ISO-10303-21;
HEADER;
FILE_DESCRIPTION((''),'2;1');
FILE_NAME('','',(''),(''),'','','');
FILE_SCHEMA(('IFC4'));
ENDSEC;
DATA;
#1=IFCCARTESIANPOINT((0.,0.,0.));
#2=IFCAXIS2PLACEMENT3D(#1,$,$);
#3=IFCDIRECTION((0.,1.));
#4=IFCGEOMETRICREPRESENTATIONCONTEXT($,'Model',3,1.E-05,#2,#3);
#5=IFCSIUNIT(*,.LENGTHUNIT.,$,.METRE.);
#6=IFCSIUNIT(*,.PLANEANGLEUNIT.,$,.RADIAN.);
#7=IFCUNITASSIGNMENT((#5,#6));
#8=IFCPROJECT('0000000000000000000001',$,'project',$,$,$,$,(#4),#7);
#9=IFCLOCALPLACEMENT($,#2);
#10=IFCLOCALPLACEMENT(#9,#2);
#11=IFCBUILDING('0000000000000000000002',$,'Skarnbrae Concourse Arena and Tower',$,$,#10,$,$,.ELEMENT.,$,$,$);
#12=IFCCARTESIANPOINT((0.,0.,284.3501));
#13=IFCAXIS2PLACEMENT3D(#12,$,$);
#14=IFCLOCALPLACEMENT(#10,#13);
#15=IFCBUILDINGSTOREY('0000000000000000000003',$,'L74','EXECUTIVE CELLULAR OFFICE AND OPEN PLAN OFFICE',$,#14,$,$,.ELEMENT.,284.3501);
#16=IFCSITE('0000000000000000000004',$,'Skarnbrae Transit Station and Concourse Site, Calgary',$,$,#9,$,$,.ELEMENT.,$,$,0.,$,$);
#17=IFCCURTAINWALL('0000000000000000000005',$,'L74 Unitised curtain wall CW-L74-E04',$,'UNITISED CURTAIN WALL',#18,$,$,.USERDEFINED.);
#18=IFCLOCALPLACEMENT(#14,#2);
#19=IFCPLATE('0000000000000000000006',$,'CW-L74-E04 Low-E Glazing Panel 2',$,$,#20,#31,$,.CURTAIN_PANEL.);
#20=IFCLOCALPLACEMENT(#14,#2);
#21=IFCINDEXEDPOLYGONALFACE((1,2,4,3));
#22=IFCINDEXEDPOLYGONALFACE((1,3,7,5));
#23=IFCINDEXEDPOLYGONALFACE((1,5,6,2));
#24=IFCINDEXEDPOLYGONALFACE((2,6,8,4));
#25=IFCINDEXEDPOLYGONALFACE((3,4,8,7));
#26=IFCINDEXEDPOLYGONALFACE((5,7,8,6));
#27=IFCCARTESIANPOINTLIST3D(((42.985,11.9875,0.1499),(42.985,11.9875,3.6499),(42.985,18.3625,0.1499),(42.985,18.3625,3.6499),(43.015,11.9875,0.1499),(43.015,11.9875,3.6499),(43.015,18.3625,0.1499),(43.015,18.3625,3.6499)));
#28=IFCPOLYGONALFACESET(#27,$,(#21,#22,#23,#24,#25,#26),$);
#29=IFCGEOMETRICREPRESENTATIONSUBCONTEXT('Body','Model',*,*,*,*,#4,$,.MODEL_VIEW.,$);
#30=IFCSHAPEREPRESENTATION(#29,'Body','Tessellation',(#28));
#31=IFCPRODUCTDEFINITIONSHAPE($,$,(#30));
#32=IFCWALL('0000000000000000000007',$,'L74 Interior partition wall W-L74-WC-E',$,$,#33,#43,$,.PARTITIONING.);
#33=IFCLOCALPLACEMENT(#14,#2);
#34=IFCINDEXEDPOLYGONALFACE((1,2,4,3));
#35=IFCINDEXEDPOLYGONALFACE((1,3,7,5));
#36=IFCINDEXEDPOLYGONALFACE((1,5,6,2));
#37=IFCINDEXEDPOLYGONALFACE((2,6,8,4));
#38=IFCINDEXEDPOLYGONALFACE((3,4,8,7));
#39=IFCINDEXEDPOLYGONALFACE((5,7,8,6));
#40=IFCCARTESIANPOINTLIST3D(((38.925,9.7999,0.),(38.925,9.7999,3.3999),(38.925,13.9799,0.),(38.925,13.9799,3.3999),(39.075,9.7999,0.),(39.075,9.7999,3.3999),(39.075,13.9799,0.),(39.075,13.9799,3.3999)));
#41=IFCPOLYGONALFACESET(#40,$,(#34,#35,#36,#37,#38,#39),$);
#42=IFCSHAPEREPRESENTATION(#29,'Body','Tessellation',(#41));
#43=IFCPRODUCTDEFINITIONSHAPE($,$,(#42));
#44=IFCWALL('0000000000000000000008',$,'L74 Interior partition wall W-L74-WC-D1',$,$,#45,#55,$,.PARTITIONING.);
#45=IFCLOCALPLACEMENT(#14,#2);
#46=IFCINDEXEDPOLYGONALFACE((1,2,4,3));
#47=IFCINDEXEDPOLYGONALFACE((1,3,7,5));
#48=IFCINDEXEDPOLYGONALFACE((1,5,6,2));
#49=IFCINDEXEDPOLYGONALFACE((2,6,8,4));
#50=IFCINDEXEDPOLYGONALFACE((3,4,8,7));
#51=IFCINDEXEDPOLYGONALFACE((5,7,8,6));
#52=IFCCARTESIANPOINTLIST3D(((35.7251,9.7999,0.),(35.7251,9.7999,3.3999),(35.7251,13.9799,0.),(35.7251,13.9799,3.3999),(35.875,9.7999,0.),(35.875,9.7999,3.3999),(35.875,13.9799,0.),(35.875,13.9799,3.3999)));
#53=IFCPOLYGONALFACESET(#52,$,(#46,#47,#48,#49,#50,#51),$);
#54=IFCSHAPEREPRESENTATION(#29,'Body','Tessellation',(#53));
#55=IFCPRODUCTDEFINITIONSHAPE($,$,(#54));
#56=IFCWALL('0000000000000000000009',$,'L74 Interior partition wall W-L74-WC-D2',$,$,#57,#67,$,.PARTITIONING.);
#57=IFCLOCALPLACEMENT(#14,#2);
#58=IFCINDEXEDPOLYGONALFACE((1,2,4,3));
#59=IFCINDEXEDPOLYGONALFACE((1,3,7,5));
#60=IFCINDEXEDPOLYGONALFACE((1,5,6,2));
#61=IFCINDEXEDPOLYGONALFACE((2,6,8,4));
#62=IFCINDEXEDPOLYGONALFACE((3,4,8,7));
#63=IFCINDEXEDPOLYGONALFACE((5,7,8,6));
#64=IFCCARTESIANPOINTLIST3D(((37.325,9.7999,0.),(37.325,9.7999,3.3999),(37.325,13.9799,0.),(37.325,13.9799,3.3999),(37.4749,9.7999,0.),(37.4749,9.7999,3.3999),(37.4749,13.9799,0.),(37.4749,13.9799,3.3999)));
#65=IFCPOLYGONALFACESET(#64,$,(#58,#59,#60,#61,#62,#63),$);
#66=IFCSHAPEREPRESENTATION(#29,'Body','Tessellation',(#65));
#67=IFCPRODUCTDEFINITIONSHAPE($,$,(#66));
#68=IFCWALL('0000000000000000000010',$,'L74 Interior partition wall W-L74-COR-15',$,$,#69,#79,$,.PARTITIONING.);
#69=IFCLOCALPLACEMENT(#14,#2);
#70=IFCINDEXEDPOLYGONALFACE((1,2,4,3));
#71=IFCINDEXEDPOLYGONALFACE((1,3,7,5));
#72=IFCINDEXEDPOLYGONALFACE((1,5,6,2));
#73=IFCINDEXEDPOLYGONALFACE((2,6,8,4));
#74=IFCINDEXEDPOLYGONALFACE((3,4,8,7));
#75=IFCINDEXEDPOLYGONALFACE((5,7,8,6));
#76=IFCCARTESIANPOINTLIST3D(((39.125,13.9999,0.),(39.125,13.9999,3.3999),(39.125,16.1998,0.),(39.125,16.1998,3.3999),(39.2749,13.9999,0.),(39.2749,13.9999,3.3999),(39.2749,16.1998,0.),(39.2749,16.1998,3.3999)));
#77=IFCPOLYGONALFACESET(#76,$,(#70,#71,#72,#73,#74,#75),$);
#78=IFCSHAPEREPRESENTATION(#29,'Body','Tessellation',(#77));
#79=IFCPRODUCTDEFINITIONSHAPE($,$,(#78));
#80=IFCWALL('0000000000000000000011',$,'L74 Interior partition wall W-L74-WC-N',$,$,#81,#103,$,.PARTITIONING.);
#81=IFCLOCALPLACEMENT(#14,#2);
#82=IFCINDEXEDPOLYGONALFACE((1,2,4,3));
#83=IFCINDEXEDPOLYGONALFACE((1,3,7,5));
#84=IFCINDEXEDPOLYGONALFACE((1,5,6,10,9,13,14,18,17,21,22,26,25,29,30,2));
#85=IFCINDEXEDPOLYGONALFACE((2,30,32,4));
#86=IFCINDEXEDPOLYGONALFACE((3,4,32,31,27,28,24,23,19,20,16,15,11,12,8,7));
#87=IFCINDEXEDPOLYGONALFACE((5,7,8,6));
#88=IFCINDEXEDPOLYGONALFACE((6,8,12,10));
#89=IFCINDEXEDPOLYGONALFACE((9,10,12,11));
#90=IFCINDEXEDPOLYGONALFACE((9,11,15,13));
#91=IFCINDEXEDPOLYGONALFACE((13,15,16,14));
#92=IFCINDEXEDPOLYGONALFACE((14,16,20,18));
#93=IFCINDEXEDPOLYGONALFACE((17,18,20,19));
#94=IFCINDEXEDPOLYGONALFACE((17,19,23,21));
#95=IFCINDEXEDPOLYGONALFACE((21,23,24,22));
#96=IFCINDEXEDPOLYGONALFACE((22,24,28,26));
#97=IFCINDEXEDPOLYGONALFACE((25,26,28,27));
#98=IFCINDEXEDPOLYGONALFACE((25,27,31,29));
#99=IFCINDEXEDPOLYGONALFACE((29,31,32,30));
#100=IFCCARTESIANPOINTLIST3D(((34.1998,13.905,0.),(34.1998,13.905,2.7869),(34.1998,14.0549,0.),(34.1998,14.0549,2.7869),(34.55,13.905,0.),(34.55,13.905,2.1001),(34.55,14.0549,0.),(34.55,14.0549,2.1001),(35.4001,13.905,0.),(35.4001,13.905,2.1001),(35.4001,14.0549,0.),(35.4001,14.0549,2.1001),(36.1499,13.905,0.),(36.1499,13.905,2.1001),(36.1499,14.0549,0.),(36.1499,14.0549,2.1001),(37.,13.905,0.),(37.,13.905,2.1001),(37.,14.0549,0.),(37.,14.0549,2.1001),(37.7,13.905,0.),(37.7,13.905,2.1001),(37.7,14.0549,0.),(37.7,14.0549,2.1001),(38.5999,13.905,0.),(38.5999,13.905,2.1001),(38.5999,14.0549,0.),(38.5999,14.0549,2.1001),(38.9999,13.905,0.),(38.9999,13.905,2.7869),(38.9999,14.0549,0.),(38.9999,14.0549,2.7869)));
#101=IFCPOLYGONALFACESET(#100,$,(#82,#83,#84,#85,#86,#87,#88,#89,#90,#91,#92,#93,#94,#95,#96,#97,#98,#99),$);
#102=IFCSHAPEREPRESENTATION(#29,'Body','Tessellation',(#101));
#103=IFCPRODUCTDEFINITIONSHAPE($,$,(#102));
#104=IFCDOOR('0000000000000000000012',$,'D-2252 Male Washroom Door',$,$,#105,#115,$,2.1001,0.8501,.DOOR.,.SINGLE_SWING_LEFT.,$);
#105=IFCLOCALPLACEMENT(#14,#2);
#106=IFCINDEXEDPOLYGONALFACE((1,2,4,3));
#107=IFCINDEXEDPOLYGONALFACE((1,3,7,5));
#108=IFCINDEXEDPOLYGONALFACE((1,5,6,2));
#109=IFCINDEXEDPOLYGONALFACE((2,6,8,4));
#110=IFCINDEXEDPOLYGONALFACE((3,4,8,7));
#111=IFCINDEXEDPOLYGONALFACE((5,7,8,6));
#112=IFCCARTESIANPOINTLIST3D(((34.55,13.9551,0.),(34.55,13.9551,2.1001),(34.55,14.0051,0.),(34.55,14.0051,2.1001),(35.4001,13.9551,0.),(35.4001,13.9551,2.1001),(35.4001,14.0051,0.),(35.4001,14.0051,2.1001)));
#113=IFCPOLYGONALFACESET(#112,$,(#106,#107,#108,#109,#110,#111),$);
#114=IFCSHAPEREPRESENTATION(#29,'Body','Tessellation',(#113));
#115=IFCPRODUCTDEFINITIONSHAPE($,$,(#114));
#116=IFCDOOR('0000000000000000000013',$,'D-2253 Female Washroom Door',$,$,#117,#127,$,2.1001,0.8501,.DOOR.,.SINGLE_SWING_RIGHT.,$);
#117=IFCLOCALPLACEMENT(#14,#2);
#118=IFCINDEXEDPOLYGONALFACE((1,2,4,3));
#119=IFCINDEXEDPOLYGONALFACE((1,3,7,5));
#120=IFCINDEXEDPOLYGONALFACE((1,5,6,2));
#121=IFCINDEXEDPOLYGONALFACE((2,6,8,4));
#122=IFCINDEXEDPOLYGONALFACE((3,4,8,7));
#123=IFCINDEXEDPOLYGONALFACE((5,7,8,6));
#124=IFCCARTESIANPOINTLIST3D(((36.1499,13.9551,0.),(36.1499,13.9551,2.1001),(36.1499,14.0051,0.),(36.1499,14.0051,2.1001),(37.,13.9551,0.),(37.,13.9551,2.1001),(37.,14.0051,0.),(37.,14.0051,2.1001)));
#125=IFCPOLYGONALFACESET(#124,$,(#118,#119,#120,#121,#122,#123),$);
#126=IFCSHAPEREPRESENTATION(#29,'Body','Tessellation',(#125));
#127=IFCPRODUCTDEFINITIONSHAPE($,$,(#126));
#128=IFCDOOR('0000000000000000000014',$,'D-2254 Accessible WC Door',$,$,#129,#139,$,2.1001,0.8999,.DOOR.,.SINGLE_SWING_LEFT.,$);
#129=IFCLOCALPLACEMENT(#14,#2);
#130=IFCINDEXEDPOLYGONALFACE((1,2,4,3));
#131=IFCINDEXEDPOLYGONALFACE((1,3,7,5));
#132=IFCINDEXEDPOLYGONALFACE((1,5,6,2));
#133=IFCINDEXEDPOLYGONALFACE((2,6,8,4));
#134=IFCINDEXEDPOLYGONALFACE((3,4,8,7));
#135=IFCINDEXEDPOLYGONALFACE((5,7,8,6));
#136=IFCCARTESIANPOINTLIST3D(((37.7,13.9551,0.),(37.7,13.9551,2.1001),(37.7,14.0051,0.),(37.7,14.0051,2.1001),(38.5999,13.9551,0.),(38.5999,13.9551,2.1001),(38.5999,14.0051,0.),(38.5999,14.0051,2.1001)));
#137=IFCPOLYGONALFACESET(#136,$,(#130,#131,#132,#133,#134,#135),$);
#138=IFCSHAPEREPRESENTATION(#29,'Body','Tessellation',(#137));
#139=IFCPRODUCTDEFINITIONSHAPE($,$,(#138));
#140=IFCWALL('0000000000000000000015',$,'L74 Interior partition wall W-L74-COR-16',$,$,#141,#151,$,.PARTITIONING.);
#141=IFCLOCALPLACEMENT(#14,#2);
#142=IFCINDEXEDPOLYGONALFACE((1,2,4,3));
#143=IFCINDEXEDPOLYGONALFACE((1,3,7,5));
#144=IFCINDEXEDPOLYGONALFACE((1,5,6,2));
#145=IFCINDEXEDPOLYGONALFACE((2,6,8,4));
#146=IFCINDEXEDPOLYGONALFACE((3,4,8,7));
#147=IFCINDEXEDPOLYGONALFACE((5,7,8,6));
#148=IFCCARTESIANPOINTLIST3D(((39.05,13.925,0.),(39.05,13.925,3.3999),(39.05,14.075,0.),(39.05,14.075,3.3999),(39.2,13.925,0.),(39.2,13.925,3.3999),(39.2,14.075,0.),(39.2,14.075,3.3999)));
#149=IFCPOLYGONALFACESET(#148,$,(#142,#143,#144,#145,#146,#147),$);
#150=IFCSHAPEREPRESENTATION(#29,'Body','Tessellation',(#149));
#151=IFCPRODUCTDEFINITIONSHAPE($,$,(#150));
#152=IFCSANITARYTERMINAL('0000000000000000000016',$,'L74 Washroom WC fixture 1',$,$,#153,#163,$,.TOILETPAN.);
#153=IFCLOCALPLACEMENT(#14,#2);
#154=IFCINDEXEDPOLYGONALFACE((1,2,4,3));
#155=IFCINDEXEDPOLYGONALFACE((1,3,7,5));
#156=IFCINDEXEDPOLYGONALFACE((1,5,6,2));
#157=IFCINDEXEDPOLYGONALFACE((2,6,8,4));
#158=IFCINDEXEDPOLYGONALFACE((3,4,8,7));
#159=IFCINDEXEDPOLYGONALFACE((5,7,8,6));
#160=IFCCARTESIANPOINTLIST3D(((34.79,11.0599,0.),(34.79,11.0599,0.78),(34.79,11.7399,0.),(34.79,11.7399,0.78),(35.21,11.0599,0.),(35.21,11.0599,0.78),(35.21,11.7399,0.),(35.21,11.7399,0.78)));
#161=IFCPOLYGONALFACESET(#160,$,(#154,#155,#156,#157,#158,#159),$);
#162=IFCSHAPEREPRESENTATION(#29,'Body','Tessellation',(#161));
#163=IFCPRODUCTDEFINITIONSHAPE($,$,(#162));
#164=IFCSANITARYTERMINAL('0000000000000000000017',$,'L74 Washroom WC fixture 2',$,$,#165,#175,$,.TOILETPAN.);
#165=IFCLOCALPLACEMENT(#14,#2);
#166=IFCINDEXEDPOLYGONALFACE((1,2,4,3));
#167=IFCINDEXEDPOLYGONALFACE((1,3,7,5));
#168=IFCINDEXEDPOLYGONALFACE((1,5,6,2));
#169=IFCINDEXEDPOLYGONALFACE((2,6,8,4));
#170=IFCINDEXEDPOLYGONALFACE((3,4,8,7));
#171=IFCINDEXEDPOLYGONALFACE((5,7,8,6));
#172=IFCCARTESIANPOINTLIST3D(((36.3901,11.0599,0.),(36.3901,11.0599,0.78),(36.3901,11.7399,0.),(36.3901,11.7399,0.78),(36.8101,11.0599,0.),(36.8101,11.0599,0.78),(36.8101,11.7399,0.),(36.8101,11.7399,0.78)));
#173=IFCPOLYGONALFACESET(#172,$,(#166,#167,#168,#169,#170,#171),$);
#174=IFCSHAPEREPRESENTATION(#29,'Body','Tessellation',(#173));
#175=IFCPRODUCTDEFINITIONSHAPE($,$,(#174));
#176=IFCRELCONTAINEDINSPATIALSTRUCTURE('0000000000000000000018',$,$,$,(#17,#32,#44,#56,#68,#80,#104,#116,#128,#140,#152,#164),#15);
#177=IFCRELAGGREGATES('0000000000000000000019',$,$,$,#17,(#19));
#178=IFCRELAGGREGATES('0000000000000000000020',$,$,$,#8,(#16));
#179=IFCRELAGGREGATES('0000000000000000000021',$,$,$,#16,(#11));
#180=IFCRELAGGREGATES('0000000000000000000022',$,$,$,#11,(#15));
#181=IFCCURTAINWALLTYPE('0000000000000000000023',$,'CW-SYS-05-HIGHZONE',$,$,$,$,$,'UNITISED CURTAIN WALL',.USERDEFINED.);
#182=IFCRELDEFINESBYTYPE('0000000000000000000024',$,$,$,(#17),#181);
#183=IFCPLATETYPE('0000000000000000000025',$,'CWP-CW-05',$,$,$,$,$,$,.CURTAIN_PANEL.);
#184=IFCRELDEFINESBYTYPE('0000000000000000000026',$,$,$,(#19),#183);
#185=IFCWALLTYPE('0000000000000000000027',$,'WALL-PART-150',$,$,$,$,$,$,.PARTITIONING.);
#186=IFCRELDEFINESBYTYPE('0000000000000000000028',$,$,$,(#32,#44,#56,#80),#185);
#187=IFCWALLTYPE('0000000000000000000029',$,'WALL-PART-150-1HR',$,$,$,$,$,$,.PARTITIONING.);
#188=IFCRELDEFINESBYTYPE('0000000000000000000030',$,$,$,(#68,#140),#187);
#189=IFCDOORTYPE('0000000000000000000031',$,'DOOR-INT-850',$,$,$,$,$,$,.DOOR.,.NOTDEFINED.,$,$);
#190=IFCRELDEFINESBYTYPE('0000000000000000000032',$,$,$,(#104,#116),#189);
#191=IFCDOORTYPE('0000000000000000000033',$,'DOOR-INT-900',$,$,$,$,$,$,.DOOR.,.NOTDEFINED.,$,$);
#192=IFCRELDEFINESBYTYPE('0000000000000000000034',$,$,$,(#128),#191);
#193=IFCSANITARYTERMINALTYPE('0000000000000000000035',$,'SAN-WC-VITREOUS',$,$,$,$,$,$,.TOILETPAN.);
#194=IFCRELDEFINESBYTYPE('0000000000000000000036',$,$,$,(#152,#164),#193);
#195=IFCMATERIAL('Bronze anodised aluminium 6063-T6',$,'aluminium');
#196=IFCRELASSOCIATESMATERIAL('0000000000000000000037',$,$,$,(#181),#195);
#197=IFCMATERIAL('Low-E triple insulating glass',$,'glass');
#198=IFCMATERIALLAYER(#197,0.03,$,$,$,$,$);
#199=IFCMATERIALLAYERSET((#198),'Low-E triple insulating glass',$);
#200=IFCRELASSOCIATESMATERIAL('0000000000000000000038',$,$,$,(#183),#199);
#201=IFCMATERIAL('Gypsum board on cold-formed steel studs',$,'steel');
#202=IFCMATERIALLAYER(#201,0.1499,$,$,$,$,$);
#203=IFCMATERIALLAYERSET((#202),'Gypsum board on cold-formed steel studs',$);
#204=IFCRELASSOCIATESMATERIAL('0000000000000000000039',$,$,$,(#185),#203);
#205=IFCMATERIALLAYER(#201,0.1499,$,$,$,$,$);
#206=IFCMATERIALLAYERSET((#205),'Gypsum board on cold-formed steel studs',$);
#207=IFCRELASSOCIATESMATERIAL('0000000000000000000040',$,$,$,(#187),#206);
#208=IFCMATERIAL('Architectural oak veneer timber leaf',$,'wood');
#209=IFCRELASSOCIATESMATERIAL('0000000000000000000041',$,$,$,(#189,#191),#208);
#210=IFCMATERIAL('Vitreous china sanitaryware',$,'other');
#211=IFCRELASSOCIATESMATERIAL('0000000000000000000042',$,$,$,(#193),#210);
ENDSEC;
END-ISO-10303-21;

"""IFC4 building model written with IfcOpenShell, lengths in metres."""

from ifc_helpers import new_model, si_unit, direction, frame, frame_2d, origin, origin_2d, place, context, subcontext, project, spatial, rectangle, extrude, source, transform, mapped, material, layer, layer_set, type_object, element, fill, aggregate, save


model = new_model("IFC4")

# Units and contexts
model_context = context("Model", 3, precision=1e-05, world=origin(), true_north=direction((0.0, 1.0)))
body_context = subcontext(model_context, "Body", "Model", "MODEL_VIEW")
ifc_project = project(units=[si_unit("LENGTHUNIT", "METRE"), si_unit("PLANEANGLEUNIT", "RADIAN")], contexts=[model_context])

# Site, building, storey
site_placement = place(None, origin())
site = spatial("IfcSite", under=ifc_project, at=site_placement, Name="Skarnbrae Transit Station and Concourse Site, Calgary", CompositionType="ELEMENT", RefElevation=0.0)
building_placement = place(site_placement, origin())
building = spatial("IfcBuilding", under=site, at=building_placement, Name="Skarnbrae Concourse Arena and Tower", CompositionType="ELEMENT")
storey_placement = place(building_placement, frame((0.0, 0.0, 284.3501)))
storey = spatial("IfcBuildingStorey", under=building, at=storey_placement, Name="L74", Description="EXECUTIVE CELLULAR OFFICE AND OPEN PLAN OFFICE", CompositionType="ELEMENT", Elevation=284.3501)

# Curtain wall, plate
ifc_material_1 = material(Name="Bronze anodised aluminium 6063-T6", Category="aluminium")
curtain_wall_type = type_object("IfcCurtainWallType", Name="CW-SYS-05-HIGHZONE", ElementType="UNITISED CURTAIN WALL", PredefinedType="USERDEFINED", material=ifc_material_1)
curtain_wall_placement = place(storey_placement, origin())
curtain_wall = element("IfcCurtainWall", 1, at=curtain_wall_placement, inside=storey, type_object=curtain_wall_type, Name="L74 Unitised curtain wall CW-L74-E04", ObjectType="UNITISED CURTAIN WALL", PredefinedType="USERDEFINED")
ifc_material_2 = material(Name="Low-E triple insulating glass", Category="glass")
ifc_layer_1 = layer(ifc_material_2, 0.03)
ifc_layer_set_1 = layer_set([ifc_layer_1], Name="Low-E triple insulating glass")
plate_type = type_object("IfcPlateType", Name="CWP-CW-05", PredefinedType="CURTAIN_PANEL", material=ifc_layer_set_1)
shared_shape_1 = source(origin(), body_context, "Body", "SweptSolid", [
    extrude(rectangle(XDim=6.375, YDim=0.03, at=origin_2d()), origin(), (0.0, 0.0, 1.0), 3.5),
])
plate_placement = place(storey_placement, frame((43.0, 15.175, 0.1499), z_axis=(0.0, 0.0, 1.0), x_axis=(0.0, 1.0, 0.0)))
plate = element("IfcPlate", 2, at=plate_placement, type_object=plate_type, Name="CW-L74-E04 Low-E Glazing Panel 2", PredefinedType="CURTAIN_PANEL", context=body_context, shape_type="MappedRepresentation", body=[
    mapped(shared_shape_1, transform((0.0, 0.0, 0.0))),
])
aggregate(curtain_wall, [plate])

# Walls
ifc_material_3 = material(Name="Gypsum board on cold-formed steel studs", Category="steel")
ifc_layer_2 = layer(ifc_material_3, 0.1499)
ifc_layer_set_2 = layer_set([ifc_layer_2], Name="Gypsum board on cold-formed steel studs")
wall_type_1 = type_object("IfcWallType", Name="WALL-PART-150", PredefinedType="PARTITIONING", material=ifc_layer_set_2)
shared_shape_2 = source(origin(), body_context, "Body", "SweptSolid", [
    extrude(rectangle(XDim=4.1799, YDim=0.1499, at=frame_2d((2.0898, 0.0))), origin(), (0.0, 0.0, 1.0), 3.3999),
])
for number, where, z_axis, x_axis, name in (
    (3, (39.0, 9.8, 0.0), (0.0, 0.0, 1.0), (0.0, 1.0, 0.0), "L74 Interior partition wall W-L74-WC-E"),
    (4, (35.8, 9.8, 0.0), (0.0, 0.0, 1.0), (0.0, 1.0, 0.0), "L74 Interior partition wall W-L74-WC-D1"),
    (5, (37.3999, 9.8, 0.0), (0.0, 0.0, 1.0), (0.0, 1.0, 0.0), "L74 Interior partition wall W-L74-WC-D2"),
):
    element("IfcWall", number, at=place(storey_placement, frame(where, z_axis=z_axis, x_axis=x_axis)), inside=storey, type_object=wall_type_1, Name=name, PredefinedType="PARTITIONING", context=body_context, shape_type="MappedRepresentation", body=[
        mapped(shared_shape_2, transform((0.0, 0.0, 0.0))),
    ])
ifc_layer_3 = layer(ifc_material_3, 0.1499)
ifc_layer_set_3 = layer_set([ifc_layer_3], Name="Gypsum board on cold-formed steel studs")
wall_type_2 = type_object("IfcWallType", Name="WALL-PART-150-1HR", PredefinedType="PARTITIONING", material=ifc_layer_set_3)
shared_shape_3 = source(origin(), body_context, "Body", "SweptSolid", [
    extrude(rectangle(XDim=2.2, YDim=0.1499, at=frame_2d((1.1001, 0.0))), origin(), (0.0, 0.0, 1.0), 3.3999),
])
wall_1_placement = place(storey_placement, frame((39.2, 16.2, 0.0), z_axis=(0.0, 0.0, 1.0), x_axis=(0.0, -1.0, 0.0)))
element("IfcWall", 6, at=wall_1_placement, inside=storey, type_object=wall_type_2, Name="L74 Interior partition wall W-L74-COR-15", PredefinedType="PARTITIONING", context=body_context, shape_type="MappedRepresentation", body=[
    mapped(shared_shape_3, transform((0.0, 0.0, 0.0))),
])

# Wall, openings, doors
shared_shape_4 = source(origin(), body_context, "Body", "SweptSolid", [
    extrude(rectangle(XDim=4.8, YDim=0.1499, at=frame_2d((2.3999, 0.0))), origin(), (0.0, 0.0, 1.0), 2.7869),
])
wall_2_placement = place(storey_placement, frame((34.2, 13.98, 0.0), z_axis=(0.0, 0.0, 1.0), x_axis=(1.0, 0.0, 0.0)))
wall_2 = element("IfcWall", 7, at=wall_2_placement, inside=storey, type_object=wall_type_1, Name="L74 Interior partition wall W-L74-WC-N", PredefinedType="PARTITIONING", context=body_context, shape_type="MappedRepresentation", body=[
    mapped(shared_shape_4, transform((0.0, 0.0, 0.0))),
])
opening_1_placement = place(wall_2_placement, frame((0.3501, 0.0, 0.0)))
opening_1 = element("IfcOpeningElement", 8, at=opening_1_placement, cuts=wall_2, PredefinedType="OPENING", context=body_context, shape_type="SweptSolid", body=[
    extrude(rectangle(XDim=0.8501, YDim=2.1001, at=frame_2d((0.425, 1.05))), frame((0.0, 0.085, 0.0), z_axis=(0.0, -1.0, 0.0), x_axis=(1.0, 0.0, 0.0)), (0.0, 0.0, 1.0), 0.1699),
])
opening_2_placement = place(wall_2_placement, frame((1.95, 0.0, 0.0)))
opening_2 = element("IfcOpeningElement", 9, at=opening_2_placement, cuts=wall_2, PredefinedType="OPENING", context=body_context, shape_type="SweptSolid", body=[
    extrude(rectangle(XDim=0.8501, YDim=2.1001, at=frame_2d((0.425, 1.05))), frame((0.0, 0.085, 0.0), z_axis=(0.0, -1.0, 0.0), x_axis=(1.0, 0.0, 0.0)), (0.0, 0.0, 1.0), 0.1699),
])
opening_3_placement = place(wall_2_placement, frame((3.5, 0.0, 0.0)))
opening_3 = element("IfcOpeningElement", 10, at=opening_3_placement, cuts=wall_2, PredefinedType="OPENING", context=body_context, shape_type="SweptSolid", body=[
    extrude(rectangle(XDim=0.8999, YDim=2.1001, at=frame_2d((0.45, 1.05))), frame((0.0, 0.085, 0.0), z_axis=(0.0, -1.0, 0.0), x_axis=(1.0, 0.0, 0.0)), (0.0, 0.0, 1.0), 0.1699),
])
ifc_material_4 = material(Name="Architectural oak veneer timber leaf", Category="wood")
door_type_1 = type_object("IfcDoorType", Name="DOOR-INT-850", OperationType="NOTDEFINED", PredefinedType="DOOR", material=ifc_material_4)
shared_shape_5 = source(origin(), body_context, "Body", "SweptSolid", [
    extrude(rectangle(XDim=0.8501, YDim=2.1001, at=frame_2d((0.425, 1.05))), frame((0.0, 0.0249, 0.0), z_axis=(0.0, -1.0, 0.0), x_axis=(1.0, 0.0, 0.0)), (0.0, 0.0, 1.0), 0.05),
])
door_1_placement = place(opening_1_placement, frame((0.8501, 0.0, 0.0), z_axis=(0.0, 0.0, 1.0), x_axis=(-1.0, 0.0, 0.0)))
door_1 = element("IfcDoor", 11, at=door_1_placement, inside=storey, type_object=door_type_1, Name="D-2252 Male Washroom Door", OperationType="SINGLE_SWING_LEFT", OverallHeight=2.1001, OverallWidth=0.8501, PredefinedType="DOOR", context=body_context, shape_type="MappedRepresentation", body=[
    mapped(shared_shape_5, transform((0.0, 0.0, 0.0))),
])
fill(opening_1, door_1)
door_2_placement = place(opening_2_placement, frame((0.8501, 0.0, 0.0), z_axis=(0.0, 0.0, 1.0), x_axis=(-1.0, 0.0, 0.0)))
door_2 = element("IfcDoor", 12, at=door_2_placement, inside=storey, type_object=door_type_1, Name="D-2253 Female Washroom Door", OperationType="SINGLE_SWING_RIGHT", OverallHeight=2.1001, OverallWidth=0.8501, PredefinedType="DOOR", context=body_context, shape_type="MappedRepresentation", body=[
    mapped(shared_shape_5, transform((0.0, 0.0, 0.0))),
])
fill(opening_2, door_2)
door_type_2 = type_object("IfcDoorType", Name="DOOR-INT-900", OperationType="NOTDEFINED", PredefinedType="DOOR", material=ifc_material_4)
shared_shape_6 = source(origin(), body_context, "Body", "SweptSolid", [
    extrude(rectangle(XDim=0.8999, YDim=2.1001, at=frame_2d((0.45, 1.05))), frame((0.0, 0.0249, 0.0), z_axis=(0.0, -1.0, 0.0), x_axis=(1.0, 0.0, 0.0)), (0.0, 0.0, 1.0), 0.05),
])
door_3_placement = place(opening_3_placement, frame((0.8999, 0.0, 0.0), z_axis=(0.0, 0.0, 1.0), x_axis=(-1.0, 0.0, 0.0)))
door_3 = element("IfcDoor", 13, at=door_3_placement, inside=storey, type_object=door_type_2, Name="D-2254 Accessible WC Door", OperationType="SINGLE_SWING_LEFT", OverallHeight=2.1001, OverallWidth=0.8999, PredefinedType="DOOR", context=body_context, shape_type="MappedRepresentation", body=[
    mapped(shared_shape_6, transform((0.0, 0.0, 0.0))),
])
fill(opening_3, door_3)

# Wall
shared_shape_7 = source(origin(), body_context, "Body", "SweptSolid", [
    extrude(rectangle(XDim=0.1499, YDim=0.1499, at=frame_2d((0.075, 0.0))), origin(), (0.0, 0.0, 1.0), 3.3999),
])
wall_3_placement = place(storey_placement, frame((39.2, 14.0, 0.0), z_axis=(0.0, 0.0, 1.0), x_axis=(-1.0, 0.0, 0.0)))
element("IfcWall", 14, at=wall_3_placement, inside=storey, type_object=wall_type_2, Name="L74 Interior partition wall W-L74-COR-16", PredefinedType="PARTITIONING", context=body_context, shape_type="MappedRepresentation", body=[
    mapped(shared_shape_7, transform((0.0, 0.0, 0.0))),
])

# Sanitary terminals
ifc_material_5 = material(Name="Vitreous china sanitaryware", Category="other")
sanitary_terminal_type = type_object("IfcSanitaryTerminalType", Name="SAN-WC-VITREOUS", PredefinedType="TOILETPAN", material=ifc_material_5)
shared_shape_8 = source(origin(), body_context, "Body", "SweptSolid", [
    extrude(rectangle(XDim=0.4199, YDim=0.6799, at=origin_2d()), origin(), (0.0, 0.0, 1.0), 0.78),
])
for number, where, z_axis, x_axis, name in (
    (15, (35.0, 11.3999, 0.0), (0.0, 0.0, 1.0), (1.0, 0.0, 0.0), "L74 Washroom WC fixture 1"),
    (16, (36.6001, 11.3999, 0.0), (0.0, 0.0, 1.0), (1.0, 0.0, 0.0), "L74 Washroom WC fixture 2"),
):
    element("IfcSanitaryTerminal", number, at=place(storey_placement, frame(where, z_axis=z_axis, x_axis=x_axis)), inside=storey, type_object=sanitary_terminal_type, Name=name, PredefinedType="TOILETPAN", context=body_context, shape_type="MappedRepresentation", body=[
        mapped(shared_shape_8, transform((0.0, 0.0, 0.0))),
    ])

save(model, "model.ifc")
